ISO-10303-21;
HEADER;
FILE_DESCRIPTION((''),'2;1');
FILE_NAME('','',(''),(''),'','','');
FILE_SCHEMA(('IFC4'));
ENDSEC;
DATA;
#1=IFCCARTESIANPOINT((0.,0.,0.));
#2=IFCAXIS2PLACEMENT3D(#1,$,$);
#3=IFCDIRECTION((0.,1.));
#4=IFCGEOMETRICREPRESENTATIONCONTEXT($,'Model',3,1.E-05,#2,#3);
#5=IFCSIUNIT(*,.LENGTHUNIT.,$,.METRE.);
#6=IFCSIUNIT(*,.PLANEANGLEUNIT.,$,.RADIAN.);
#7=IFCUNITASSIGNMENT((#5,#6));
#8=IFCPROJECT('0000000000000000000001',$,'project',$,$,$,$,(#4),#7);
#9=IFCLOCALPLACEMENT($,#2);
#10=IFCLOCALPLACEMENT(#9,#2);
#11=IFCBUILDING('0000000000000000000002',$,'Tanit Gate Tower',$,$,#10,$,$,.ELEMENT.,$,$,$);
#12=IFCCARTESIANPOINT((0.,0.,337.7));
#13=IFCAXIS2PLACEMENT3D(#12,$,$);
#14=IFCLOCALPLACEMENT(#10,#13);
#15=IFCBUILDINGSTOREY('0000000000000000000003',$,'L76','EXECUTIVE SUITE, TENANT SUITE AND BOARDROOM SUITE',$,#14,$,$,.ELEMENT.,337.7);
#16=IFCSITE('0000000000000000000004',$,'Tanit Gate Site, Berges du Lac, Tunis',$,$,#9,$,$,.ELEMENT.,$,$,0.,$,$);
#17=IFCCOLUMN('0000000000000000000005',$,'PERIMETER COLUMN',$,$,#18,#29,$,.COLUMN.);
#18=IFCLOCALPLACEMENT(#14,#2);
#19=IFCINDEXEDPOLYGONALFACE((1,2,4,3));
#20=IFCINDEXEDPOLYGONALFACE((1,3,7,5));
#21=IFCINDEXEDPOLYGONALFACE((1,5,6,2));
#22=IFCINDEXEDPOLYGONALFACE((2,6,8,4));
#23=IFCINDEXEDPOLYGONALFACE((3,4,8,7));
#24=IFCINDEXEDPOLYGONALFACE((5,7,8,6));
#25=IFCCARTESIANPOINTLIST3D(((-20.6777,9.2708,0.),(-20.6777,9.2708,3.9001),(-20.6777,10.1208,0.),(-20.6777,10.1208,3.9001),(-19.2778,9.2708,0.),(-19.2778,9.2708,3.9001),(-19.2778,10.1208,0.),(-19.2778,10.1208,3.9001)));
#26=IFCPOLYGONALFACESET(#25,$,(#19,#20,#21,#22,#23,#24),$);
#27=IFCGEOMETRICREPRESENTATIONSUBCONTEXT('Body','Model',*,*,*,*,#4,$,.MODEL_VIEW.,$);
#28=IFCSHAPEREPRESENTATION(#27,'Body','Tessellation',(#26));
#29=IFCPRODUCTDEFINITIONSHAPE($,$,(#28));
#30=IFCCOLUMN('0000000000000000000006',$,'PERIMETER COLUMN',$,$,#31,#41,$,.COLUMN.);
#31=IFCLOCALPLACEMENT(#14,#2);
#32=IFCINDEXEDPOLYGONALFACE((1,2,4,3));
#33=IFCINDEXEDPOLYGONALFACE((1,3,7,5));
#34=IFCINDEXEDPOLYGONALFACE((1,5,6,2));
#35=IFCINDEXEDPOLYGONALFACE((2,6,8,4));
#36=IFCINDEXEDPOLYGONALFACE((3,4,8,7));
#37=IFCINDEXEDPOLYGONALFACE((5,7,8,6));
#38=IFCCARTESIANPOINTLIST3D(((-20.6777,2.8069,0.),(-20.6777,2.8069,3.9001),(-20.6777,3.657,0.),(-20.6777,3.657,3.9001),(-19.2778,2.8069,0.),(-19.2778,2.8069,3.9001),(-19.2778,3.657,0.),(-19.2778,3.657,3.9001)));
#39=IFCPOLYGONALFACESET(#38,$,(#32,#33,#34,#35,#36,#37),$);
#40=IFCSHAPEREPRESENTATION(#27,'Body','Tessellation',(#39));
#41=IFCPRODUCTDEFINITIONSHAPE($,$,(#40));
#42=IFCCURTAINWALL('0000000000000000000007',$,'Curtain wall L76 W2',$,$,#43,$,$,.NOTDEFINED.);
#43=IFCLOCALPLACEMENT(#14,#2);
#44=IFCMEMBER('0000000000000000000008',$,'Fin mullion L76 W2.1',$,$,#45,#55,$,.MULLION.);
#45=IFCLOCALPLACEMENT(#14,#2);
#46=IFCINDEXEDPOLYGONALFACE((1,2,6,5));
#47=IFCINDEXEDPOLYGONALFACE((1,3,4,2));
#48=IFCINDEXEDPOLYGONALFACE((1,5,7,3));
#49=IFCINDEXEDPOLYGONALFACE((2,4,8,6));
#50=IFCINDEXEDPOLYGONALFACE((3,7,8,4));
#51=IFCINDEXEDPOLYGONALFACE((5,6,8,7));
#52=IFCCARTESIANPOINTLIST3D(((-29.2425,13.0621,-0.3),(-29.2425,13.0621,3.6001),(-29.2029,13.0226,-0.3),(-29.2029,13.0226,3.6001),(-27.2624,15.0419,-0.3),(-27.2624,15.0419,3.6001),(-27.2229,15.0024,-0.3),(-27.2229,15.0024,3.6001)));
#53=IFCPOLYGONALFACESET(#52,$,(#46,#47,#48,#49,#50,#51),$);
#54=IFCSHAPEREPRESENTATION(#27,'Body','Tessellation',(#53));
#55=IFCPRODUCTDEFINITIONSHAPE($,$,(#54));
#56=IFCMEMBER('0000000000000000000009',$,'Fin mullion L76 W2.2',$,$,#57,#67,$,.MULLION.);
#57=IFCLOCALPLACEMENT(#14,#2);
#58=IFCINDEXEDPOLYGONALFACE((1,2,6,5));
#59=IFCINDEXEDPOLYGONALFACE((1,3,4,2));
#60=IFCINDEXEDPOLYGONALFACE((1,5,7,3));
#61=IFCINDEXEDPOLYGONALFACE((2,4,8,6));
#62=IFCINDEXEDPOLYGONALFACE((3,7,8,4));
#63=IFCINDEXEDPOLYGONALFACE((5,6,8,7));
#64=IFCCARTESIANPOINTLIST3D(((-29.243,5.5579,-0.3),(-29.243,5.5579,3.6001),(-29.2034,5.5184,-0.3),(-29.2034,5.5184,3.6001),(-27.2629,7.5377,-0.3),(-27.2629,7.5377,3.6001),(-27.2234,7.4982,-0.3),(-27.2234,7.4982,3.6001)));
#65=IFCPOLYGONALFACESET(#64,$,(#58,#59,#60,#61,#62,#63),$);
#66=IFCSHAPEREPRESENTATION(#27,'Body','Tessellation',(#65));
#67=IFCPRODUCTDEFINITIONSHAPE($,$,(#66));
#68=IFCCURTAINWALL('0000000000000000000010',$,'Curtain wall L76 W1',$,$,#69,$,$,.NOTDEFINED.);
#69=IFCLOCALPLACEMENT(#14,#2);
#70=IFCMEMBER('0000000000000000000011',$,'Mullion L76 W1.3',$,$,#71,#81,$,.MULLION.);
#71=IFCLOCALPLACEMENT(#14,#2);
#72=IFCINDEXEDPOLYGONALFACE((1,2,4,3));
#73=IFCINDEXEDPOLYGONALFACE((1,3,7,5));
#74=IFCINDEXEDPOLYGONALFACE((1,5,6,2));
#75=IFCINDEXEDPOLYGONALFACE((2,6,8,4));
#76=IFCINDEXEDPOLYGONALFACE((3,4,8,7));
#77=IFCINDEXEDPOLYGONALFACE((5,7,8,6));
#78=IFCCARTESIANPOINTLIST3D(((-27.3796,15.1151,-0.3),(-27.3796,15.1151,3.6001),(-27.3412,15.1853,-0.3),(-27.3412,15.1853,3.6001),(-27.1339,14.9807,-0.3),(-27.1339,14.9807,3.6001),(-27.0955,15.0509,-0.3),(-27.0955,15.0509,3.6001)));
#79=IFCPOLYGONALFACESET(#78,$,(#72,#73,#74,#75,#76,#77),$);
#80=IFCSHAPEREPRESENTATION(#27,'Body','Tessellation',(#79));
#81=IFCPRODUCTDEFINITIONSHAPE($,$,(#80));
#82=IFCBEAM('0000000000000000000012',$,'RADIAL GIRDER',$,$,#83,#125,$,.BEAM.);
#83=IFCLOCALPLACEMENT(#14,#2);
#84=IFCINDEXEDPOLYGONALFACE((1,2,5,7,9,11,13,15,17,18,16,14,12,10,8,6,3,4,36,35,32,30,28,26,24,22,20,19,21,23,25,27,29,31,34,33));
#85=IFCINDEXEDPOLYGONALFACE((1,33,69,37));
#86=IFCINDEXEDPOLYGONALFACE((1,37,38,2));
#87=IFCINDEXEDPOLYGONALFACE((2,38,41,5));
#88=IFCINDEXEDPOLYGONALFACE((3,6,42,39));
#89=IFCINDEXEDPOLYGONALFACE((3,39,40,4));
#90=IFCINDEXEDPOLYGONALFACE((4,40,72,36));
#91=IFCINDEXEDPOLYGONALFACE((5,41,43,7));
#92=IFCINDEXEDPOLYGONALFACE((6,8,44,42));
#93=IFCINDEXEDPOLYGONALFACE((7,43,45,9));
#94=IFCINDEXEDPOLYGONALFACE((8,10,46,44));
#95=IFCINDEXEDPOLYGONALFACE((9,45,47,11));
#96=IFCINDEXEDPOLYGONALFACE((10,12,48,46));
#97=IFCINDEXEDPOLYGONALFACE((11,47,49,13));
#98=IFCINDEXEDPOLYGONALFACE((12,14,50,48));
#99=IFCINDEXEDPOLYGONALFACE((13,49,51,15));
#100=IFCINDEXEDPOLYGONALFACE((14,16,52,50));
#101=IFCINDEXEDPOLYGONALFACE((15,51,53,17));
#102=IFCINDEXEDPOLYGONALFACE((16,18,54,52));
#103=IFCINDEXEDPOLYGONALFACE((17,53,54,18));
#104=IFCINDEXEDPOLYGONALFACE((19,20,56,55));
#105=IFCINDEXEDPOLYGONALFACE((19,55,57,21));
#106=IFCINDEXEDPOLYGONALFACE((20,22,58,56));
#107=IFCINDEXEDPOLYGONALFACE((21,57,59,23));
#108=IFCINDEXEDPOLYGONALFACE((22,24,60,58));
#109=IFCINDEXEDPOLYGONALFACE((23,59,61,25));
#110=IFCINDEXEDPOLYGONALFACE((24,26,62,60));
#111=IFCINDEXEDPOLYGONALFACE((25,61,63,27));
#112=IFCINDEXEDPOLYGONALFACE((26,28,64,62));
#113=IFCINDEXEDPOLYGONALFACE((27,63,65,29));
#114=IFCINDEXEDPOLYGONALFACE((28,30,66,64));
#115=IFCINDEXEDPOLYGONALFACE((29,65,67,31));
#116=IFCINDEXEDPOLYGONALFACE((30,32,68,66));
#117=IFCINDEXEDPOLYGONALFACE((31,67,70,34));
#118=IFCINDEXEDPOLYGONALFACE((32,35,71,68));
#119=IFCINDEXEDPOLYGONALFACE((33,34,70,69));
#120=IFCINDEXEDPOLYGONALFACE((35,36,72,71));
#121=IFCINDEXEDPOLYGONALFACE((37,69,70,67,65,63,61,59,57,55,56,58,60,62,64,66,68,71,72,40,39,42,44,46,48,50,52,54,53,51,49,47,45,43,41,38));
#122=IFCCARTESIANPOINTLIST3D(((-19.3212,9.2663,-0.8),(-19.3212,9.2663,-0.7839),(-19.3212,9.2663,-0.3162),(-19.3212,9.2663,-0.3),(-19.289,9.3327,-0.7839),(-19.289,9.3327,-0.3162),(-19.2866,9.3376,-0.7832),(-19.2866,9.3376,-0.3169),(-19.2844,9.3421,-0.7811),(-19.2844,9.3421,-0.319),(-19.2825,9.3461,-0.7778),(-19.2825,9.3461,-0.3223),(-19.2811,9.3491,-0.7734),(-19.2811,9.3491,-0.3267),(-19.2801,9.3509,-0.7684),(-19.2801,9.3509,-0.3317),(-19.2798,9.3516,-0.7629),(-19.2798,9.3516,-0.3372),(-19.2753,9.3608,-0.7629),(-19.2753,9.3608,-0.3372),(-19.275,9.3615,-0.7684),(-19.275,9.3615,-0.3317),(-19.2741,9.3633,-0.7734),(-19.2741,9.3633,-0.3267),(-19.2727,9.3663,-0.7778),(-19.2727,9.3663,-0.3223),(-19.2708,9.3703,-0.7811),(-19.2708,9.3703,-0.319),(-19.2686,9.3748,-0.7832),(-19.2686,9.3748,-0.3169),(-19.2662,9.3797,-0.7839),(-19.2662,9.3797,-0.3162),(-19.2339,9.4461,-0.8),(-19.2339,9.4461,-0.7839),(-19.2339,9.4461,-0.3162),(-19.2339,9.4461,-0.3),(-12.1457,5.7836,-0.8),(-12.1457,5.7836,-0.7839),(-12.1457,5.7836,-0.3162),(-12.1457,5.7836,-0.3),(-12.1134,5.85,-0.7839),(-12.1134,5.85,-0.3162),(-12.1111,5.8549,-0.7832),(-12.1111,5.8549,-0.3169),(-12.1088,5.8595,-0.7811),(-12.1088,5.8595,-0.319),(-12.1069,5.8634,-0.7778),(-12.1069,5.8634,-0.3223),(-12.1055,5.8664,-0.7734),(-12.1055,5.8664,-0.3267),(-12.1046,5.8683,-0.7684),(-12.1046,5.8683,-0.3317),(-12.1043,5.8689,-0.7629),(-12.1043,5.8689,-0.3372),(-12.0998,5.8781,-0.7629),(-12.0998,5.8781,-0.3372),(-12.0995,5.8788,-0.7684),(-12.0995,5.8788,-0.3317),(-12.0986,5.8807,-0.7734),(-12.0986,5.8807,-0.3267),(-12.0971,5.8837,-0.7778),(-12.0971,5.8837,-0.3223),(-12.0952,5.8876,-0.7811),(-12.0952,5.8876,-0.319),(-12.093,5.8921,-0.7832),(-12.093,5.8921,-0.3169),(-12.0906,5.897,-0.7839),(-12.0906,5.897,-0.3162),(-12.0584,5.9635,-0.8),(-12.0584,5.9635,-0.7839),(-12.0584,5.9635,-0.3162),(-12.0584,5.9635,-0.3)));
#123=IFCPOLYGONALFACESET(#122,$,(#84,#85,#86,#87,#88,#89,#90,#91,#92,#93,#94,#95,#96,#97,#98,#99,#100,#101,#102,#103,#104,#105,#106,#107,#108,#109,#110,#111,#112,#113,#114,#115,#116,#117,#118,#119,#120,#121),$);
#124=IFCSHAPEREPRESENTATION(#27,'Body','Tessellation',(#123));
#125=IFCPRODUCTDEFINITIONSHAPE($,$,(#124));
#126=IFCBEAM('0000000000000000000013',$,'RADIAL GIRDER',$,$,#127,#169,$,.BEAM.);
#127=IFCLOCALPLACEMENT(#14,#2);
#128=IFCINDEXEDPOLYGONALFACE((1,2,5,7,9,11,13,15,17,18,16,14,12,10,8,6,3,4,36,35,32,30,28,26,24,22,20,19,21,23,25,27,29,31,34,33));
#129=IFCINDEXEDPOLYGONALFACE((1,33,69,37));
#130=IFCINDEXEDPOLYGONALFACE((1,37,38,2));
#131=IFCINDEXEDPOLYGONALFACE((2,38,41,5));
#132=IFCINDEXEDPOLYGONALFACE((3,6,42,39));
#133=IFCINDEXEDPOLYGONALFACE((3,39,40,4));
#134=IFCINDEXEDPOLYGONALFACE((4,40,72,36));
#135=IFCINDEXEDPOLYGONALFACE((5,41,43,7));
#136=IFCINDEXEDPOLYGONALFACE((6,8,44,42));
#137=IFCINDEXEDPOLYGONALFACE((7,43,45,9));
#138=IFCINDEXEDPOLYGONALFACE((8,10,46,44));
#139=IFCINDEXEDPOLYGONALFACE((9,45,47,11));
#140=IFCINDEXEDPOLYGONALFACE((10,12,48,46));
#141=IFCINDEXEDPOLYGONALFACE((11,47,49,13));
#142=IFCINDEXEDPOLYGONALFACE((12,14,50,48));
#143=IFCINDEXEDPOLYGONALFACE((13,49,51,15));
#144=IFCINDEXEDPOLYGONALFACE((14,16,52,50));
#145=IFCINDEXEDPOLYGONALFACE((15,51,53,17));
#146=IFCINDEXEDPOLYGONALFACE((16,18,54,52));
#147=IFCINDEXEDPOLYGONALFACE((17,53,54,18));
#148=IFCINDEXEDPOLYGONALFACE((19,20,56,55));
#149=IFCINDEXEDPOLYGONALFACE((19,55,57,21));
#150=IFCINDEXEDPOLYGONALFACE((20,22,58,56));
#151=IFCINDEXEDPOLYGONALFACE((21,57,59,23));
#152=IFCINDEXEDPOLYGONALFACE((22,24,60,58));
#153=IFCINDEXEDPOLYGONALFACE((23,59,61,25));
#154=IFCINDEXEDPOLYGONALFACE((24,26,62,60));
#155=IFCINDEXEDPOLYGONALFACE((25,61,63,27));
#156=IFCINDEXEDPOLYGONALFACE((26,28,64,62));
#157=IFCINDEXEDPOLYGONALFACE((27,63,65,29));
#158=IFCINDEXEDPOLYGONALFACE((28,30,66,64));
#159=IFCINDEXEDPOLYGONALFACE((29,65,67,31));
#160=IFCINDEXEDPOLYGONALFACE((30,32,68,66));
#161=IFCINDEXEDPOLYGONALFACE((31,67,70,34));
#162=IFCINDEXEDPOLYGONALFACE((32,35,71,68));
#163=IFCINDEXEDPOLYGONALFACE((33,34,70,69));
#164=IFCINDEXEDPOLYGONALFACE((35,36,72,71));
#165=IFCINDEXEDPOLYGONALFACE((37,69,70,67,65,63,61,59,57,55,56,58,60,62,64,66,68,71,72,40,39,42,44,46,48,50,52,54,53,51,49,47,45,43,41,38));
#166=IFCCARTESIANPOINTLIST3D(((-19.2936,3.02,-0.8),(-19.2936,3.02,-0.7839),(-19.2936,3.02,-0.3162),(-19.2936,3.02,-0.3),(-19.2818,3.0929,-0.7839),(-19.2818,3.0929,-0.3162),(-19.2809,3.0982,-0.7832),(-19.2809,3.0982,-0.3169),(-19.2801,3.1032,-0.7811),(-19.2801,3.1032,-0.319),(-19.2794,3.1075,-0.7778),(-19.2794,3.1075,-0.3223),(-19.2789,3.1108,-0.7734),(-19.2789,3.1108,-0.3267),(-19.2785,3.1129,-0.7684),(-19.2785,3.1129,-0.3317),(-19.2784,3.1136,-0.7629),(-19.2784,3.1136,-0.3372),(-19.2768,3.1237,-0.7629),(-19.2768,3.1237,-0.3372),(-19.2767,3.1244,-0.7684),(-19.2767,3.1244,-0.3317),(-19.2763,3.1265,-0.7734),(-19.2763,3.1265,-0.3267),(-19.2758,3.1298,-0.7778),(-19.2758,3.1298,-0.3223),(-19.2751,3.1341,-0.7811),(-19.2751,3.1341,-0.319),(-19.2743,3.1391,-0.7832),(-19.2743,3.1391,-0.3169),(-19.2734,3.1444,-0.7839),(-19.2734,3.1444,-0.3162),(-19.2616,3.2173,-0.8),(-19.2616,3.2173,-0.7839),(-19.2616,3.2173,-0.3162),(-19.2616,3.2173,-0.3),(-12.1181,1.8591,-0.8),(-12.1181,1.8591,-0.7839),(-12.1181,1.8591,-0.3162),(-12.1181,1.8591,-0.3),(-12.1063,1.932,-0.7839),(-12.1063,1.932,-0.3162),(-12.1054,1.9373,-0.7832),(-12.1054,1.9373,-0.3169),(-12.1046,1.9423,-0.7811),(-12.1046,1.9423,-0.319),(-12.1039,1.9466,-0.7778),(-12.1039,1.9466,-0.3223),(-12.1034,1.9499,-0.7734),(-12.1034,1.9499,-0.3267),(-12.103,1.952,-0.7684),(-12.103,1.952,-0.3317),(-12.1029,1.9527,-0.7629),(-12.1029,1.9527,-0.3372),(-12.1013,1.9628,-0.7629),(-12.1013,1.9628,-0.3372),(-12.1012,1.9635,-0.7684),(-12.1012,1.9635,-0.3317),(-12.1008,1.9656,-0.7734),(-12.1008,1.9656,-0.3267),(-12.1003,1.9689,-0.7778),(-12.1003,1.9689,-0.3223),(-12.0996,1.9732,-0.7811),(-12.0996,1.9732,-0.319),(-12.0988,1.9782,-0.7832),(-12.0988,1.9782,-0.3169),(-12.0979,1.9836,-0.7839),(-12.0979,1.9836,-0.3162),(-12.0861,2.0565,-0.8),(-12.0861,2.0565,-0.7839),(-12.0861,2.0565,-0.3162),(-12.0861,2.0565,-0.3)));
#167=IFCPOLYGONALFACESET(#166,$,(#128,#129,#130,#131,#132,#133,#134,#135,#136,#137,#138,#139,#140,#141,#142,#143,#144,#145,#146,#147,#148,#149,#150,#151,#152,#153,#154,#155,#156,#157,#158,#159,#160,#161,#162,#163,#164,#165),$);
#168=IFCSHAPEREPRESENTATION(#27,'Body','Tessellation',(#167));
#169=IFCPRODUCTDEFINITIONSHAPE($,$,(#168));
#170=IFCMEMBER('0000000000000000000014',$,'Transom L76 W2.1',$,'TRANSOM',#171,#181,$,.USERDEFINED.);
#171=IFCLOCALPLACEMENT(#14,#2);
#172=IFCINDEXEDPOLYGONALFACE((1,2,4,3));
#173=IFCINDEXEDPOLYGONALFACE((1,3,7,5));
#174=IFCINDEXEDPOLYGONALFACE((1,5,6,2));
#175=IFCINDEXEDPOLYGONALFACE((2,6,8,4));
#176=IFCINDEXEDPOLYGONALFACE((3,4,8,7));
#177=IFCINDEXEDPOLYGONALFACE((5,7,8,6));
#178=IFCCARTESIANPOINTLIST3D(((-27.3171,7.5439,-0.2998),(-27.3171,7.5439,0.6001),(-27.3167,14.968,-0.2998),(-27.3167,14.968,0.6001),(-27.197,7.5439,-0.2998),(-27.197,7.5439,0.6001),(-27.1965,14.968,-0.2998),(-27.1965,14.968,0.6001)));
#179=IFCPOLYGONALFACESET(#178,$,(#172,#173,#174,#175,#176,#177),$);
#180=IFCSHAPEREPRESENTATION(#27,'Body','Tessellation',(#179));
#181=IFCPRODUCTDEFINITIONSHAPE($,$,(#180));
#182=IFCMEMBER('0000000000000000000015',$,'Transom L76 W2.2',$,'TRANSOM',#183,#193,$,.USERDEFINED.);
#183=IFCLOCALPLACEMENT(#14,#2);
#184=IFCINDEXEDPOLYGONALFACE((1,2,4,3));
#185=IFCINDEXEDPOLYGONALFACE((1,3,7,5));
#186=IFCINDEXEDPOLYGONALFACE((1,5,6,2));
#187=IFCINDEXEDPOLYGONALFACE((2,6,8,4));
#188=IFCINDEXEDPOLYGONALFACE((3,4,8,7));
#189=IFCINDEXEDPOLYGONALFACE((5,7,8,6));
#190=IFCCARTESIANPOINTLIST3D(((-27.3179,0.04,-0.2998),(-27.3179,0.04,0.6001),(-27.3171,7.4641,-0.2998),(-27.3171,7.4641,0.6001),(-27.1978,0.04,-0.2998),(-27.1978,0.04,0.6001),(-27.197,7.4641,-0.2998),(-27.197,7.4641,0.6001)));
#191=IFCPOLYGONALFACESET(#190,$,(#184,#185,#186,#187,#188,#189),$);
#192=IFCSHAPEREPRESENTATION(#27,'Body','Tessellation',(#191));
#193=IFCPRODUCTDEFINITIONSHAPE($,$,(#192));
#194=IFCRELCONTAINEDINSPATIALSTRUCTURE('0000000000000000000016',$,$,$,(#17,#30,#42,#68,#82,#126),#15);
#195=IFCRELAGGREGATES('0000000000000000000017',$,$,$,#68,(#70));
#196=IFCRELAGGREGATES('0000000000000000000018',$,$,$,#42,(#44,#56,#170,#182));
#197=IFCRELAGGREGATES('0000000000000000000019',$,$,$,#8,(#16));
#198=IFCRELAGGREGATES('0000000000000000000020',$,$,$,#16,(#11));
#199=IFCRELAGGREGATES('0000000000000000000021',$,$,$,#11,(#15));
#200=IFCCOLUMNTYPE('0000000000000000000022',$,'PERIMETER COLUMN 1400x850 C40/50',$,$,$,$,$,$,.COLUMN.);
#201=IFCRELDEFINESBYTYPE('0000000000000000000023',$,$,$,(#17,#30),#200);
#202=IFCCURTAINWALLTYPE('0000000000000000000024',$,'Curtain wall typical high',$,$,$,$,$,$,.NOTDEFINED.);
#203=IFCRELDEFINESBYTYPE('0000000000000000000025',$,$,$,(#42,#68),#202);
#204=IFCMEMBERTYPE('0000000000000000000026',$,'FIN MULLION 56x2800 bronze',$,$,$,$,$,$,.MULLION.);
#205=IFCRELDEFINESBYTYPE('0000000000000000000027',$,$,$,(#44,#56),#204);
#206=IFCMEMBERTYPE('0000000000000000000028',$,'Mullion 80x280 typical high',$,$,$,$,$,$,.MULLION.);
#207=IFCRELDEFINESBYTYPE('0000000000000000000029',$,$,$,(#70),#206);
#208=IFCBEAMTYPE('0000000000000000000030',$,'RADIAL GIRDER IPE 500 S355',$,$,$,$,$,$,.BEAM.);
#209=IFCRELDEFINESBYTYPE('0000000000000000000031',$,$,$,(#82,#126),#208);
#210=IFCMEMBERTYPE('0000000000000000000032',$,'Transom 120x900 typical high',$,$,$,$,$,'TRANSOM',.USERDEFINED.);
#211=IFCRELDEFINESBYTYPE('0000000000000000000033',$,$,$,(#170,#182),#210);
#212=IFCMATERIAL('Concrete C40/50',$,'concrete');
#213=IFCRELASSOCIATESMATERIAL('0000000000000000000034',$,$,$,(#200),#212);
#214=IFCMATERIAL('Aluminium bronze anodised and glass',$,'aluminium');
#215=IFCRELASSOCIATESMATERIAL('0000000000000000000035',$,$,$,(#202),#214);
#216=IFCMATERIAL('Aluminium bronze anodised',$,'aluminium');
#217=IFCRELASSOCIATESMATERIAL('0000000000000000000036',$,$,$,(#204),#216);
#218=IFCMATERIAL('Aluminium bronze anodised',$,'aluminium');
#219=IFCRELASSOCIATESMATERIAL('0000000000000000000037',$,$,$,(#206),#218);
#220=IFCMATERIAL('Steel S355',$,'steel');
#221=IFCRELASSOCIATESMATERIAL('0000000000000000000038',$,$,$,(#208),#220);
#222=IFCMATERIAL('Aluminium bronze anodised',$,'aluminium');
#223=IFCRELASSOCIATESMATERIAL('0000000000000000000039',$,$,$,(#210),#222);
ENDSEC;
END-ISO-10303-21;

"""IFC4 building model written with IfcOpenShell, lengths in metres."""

from ifc_helpers import new_model, si_unit, direction, frame, origin, origin_2d, place, context, subcontext, project, spatial, rectangle, i_section, extrude, material, material_profile, profile_set, type_object, element, aggregate, save


model = new_model("IFC4")

# Units and contexts
model_context = context("Model", 3, precision=1e-05, world=origin(), true_north=direction((0.0, 1.0)))
body_context = subcontext(model_context, "Body", "Model", "MODEL_VIEW")
ifc_project = project(units=[si_unit("LENGTHUNIT", "METRE"), si_unit("PLANEANGLEUNIT", "RADIAN")], contexts=[model_context])

# Site, building, storey
site_placement = place(None, origin())
site = spatial("IfcSite", under=ifc_project, at=site_placement, Name="Tanit Gate Site, Berges du Lac, Tunis", CompositionType="ELEMENT", RefElevation=0.0)
building_placement = place(site_placement, origin())
building = spatial("IfcBuilding", under=site, at=building_placement, Name="Tanit Gate Tower", CompositionType="ELEMENT")
storey_placement = place(building_placement, frame((0.0, 0.0, 337.7)))
storey = spatial("IfcBuildingStorey", under=building, at=storey_placement, Name="L76", Description="EXECUTIVE SUITE, TENANT SUITE AND BOARDROOM SUITE", CompositionType="ELEMENT", Elevation=337.7)

# Columns
ifc_material_1 = material(Name="Concrete C40/50", Category="concrete")
ifc_material_profile_1 = material_profile(ifc_material_1, rectangle(XDim=1.3999, YDim=0.8501, at=origin_2d()), Name="RC 1400x850")
ifc_profile_set_1 = profile_set([ifc_material_profile_1], Name="Concrete C40/50")
column_type = type_object("IfcColumnType", Name="PERIMETER COLUMN 1400x850 C40/50", PredefinedType="COLUMN", material=ifc_profile_set_1)
for number, where, z_axis, x_axis, name in (
    (1, (-19.9778, 9.6958, 0.0), (0.0, 0.0, 1.0), (-1.0, 0.0, 0.0), "PERIMETER COLUMN"),
    (2, (-19.9778, 3.2319, 0.0), (0.0, 0.0, 1.0), (-1.0, 0.0, 0.0), "PERIMETER COLUMN"),
):
    element("IfcColumn", number, at=place(storey_placement, frame(where, z_axis=z_axis, x_axis=x_axis)), inside=storey, type_object=column_type, Name=name, PredefinedType="COLUMN", context=body_context, shape_type="SweptSolid", body=[
        extrude(rectangle(XDim=1.3999, YDim=0.8501, at=origin_2d()), origin(), (0.0, 0.0, 1.0), 3.9001),
    ])

# Curtain wall, members
ifc_material_2 = material(Name="Aluminium bronze anodised and glass", Category="aluminium")
curtain_wall_type = type_object("IfcCurtainWallType", Name="Curtain wall typical high", PredefinedType="NOTDEFINED", material=ifc_material_2)
curtain_wall_1_placement = place(storey_placement, origin())
curtain_wall_1 = element("IfcCurtainWall", 3, at=curtain_wall_1_placement, inside=storey, type_object=curtain_wall_type, Name="Curtain wall L76 W2", PredefinedType="NOTDEFINED")
ifc_material_3 = material(Name="Aluminium bronze anodised", Category="aluminium")
ifc_material_profile_2 = material_profile(ifc_material_3, rectangle(XDim=2.8, YDim=0.0559, at=origin_2d()), Name="56x2800 bronze fin mullion")
ifc_profile_set_2 = profile_set([ifc_material_profile_2], Name="Aluminium bronze anodised")
member_type_1 = type_object("IfcMemberType", Name="FIN MULLION 56x2800 bronze", PredefinedType="MULLION", material=ifc_profile_set_2)
member_1_placement = place(storey_placement, frame((-28.2327, 14.0322, -0.3), z_axis=(0.0, 0.0, 1.0), x_axis=(0.707156, 0.707058, 0.0)))
member_1 = element("IfcMember", 4, at=member_1_placement, type_object=member_type_1, Name="Fin mullion L76 W2.1", PredefinedType="MULLION", context=body_context, shape_type="SweptSolid", body=[
    extrude(rectangle(XDim=2.8, YDim=0.0559, at=origin_2d()), origin(), (0.0, 0.0, 1.0), 3.9001),
])
member_2_placement = place(storey_placement, frame((-28.2332, 6.5281, -0.3), z_axis=(0.0, 0.0, 1.0), x_axis=(0.707156, 0.707058, 0.0)))
member_2 = element("IfcMember", 5, at=member_2_placement, type_object=member_type_1, Name="Fin mullion L76 W2.2", PredefinedType="MULLION", context=body_context, shape_type="SweptSolid", body=[
    extrude(rectangle(XDim=2.8, YDim=0.0559, at=origin_2d()), origin(), (0.0, 0.0, 1.0), 3.9001),
])

# Curtain wall, member
curtain_wall_2_placement = place(storey_placement, origin())
curtain_wall_2 = element("IfcCurtainWall", 6, at=curtain_wall_2_placement, inside=storey, type_object=curtain_wall_type, Name="Curtain wall L76 W1", PredefinedType="NOTDEFINED")
ifc_material_4 = material(Name="Aluminium bronze anodised", Category="aluminium")
ifc_material_profile_3 = material_profile(ifc_material_4, rectangle(XDim=0.28, YDim=0.0801, at=origin_2d()), Name="80x280 bronze mullion")
ifc_profile_set_3 = profile_set([ifc_material_profile_3], Name="Aluminium bronze anodised")
member_type_2 = type_object("IfcMemberType", Name="Mullion 80x280 typical high", PredefinedType="MULLION", material=ifc_profile_set_3)
member_3_placement = place(storey_placement, frame((-27.2375, 15.083, -0.3), z_axis=(0.0, 0.0, 1.0), x_axis=(0.877315, -0.479914, 0.0)))
member_3 = element("IfcMember", 7, at=member_3_placement, type_object=member_type_2, Name="Mullion L76 W1.3", PredefinedType="MULLION", context=body_context, shape_type="SweptSolid", body=[
    extrude(rectangle(XDim=0.28, YDim=0.0801, at=origin_2d()), origin(), (0.0, 0.0, 1.0), 3.9001),
])
aggregate(curtain_wall_2, [member_3])

# Beams
ifc_material_5 = material(Name="Steel S355", Category="steel")
ifc_material_profile_4 = material_profile(ifc_material_5, i_section(OverallWidth=0.2, OverallDepth=0.5, WebThickness=0.0103, FlangeThickness=0.0161, FilletRadius=0.021, at=origin_2d()), Name="IPE 500")
ifc_profile_set_4 = profile_set([ifc_material_profile_4], Name="Steel S355")
beam_type = type_object("IfcBeamType", Name="RADIAL GIRDER IPE 500 S355", PredefinedType="BEAM", material=ifc_profile_set_4)
beam_1_placement = place(storey_placement, frame((-19.2776, 9.3562, -0.55), z_axis=(0.899636, -0.436641, 0.0), x_axis=(0.436641, 0.899636, 0.0)))
element("IfcBeam", 8, at=beam_1_placement, inside=storey, type_object=beam_type, Name="RADIAL GIRDER", PredefinedType="BEAM", context=body_context, shape_type="SweptSolid", body=[
    extrude(i_section(OverallWidth=0.2, OverallDepth=0.5, WebThickness=0.0103, FlangeThickness=0.0161, FilletRadius=0.021, at=origin_2d()), origin(), (0.0, 0.0, 1.0), 7.9761),
])
beam_2_placement = place(storey_placement, frame((-19.2776, 3.1187, -0.55), z_axis=(0.987164, -0.159708, 0.0), x_axis=(0.159708, 0.987164, 0.0)))
element("IfcBeam", 9, at=beam_2_placement, inside=storey, type_object=beam_type, Name="RADIAL GIRDER", PredefinedType="BEAM", context=body_context, shape_type="SweptSolid", body=[
    extrude(i_section(OverallWidth=0.2, OverallDepth=0.5, WebThickness=0.0103, FlangeThickness=0.0161, FilletRadius=0.021, at=origin_2d()), origin(), (0.0, 0.0, 1.0), 7.2688),
])

# Members
ifc_material_6 = material(Name="Aluminium bronze anodised", Category="aluminium")
ifc_material_profile_5 = material_profile(ifc_material_6, rectangle(XDim=0.1201, YDim=0.8999, at=origin_2d()), Name="120x900 bronze transom")
ifc_profile_set_5 = profile_set([ifc_material_profile_5], Name="Aluminium bronze anodised")
member_type_3 = type_object("IfcMemberType", Name="Transom 120x900 typical high", ElementType="TRANSOM", PredefinedType="USERDEFINED", material=ifc_profile_set_5)
member_4_placement = place(storey_placement, frame((-27.2566, 14.968, 0.1501), z_axis=(-0.000066, -1.0, 0.0), x_axis=(1.0, -0.000066, 0.0)))
member_4 = element("IfcMember", 10, at=member_4_placement, type_object=member_type_3, Name="Transom L76 W2.1", ObjectType="TRANSOM", PredefinedType="USERDEFINED", context=body_context, shape_type="SweptSolid", body=[
    extrude(rectangle(XDim=0.1201, YDim=0.8999, at=origin_2d()), origin(), (0.0, 0.0, 1.0), 7.4241),
])
member_5_placement = place(storey_placement, frame((-27.2571, 7.4641, 0.1501), z_axis=(-0.000099, -1.0, 0.0), x_axis=(1.0, -0.000099, 0.0)))
member_5 = element("IfcMember", 11, at=member_5_placement, type_object=member_type_3, Name="Transom L76 W2.2", ObjectType="TRANSOM", PredefinedType="USERDEFINED", context=body_context, shape_type="SweptSolid", body=[
    extrude(rectangle(XDim=0.1201, YDim=0.8999, at=origin_2d()), origin(), (0.0, 0.0, 1.0), 7.4241),
])

aggregate(curtain_wall_1, [member_1, member_2, member_4, member_5])

save(model, "model.ifc")
